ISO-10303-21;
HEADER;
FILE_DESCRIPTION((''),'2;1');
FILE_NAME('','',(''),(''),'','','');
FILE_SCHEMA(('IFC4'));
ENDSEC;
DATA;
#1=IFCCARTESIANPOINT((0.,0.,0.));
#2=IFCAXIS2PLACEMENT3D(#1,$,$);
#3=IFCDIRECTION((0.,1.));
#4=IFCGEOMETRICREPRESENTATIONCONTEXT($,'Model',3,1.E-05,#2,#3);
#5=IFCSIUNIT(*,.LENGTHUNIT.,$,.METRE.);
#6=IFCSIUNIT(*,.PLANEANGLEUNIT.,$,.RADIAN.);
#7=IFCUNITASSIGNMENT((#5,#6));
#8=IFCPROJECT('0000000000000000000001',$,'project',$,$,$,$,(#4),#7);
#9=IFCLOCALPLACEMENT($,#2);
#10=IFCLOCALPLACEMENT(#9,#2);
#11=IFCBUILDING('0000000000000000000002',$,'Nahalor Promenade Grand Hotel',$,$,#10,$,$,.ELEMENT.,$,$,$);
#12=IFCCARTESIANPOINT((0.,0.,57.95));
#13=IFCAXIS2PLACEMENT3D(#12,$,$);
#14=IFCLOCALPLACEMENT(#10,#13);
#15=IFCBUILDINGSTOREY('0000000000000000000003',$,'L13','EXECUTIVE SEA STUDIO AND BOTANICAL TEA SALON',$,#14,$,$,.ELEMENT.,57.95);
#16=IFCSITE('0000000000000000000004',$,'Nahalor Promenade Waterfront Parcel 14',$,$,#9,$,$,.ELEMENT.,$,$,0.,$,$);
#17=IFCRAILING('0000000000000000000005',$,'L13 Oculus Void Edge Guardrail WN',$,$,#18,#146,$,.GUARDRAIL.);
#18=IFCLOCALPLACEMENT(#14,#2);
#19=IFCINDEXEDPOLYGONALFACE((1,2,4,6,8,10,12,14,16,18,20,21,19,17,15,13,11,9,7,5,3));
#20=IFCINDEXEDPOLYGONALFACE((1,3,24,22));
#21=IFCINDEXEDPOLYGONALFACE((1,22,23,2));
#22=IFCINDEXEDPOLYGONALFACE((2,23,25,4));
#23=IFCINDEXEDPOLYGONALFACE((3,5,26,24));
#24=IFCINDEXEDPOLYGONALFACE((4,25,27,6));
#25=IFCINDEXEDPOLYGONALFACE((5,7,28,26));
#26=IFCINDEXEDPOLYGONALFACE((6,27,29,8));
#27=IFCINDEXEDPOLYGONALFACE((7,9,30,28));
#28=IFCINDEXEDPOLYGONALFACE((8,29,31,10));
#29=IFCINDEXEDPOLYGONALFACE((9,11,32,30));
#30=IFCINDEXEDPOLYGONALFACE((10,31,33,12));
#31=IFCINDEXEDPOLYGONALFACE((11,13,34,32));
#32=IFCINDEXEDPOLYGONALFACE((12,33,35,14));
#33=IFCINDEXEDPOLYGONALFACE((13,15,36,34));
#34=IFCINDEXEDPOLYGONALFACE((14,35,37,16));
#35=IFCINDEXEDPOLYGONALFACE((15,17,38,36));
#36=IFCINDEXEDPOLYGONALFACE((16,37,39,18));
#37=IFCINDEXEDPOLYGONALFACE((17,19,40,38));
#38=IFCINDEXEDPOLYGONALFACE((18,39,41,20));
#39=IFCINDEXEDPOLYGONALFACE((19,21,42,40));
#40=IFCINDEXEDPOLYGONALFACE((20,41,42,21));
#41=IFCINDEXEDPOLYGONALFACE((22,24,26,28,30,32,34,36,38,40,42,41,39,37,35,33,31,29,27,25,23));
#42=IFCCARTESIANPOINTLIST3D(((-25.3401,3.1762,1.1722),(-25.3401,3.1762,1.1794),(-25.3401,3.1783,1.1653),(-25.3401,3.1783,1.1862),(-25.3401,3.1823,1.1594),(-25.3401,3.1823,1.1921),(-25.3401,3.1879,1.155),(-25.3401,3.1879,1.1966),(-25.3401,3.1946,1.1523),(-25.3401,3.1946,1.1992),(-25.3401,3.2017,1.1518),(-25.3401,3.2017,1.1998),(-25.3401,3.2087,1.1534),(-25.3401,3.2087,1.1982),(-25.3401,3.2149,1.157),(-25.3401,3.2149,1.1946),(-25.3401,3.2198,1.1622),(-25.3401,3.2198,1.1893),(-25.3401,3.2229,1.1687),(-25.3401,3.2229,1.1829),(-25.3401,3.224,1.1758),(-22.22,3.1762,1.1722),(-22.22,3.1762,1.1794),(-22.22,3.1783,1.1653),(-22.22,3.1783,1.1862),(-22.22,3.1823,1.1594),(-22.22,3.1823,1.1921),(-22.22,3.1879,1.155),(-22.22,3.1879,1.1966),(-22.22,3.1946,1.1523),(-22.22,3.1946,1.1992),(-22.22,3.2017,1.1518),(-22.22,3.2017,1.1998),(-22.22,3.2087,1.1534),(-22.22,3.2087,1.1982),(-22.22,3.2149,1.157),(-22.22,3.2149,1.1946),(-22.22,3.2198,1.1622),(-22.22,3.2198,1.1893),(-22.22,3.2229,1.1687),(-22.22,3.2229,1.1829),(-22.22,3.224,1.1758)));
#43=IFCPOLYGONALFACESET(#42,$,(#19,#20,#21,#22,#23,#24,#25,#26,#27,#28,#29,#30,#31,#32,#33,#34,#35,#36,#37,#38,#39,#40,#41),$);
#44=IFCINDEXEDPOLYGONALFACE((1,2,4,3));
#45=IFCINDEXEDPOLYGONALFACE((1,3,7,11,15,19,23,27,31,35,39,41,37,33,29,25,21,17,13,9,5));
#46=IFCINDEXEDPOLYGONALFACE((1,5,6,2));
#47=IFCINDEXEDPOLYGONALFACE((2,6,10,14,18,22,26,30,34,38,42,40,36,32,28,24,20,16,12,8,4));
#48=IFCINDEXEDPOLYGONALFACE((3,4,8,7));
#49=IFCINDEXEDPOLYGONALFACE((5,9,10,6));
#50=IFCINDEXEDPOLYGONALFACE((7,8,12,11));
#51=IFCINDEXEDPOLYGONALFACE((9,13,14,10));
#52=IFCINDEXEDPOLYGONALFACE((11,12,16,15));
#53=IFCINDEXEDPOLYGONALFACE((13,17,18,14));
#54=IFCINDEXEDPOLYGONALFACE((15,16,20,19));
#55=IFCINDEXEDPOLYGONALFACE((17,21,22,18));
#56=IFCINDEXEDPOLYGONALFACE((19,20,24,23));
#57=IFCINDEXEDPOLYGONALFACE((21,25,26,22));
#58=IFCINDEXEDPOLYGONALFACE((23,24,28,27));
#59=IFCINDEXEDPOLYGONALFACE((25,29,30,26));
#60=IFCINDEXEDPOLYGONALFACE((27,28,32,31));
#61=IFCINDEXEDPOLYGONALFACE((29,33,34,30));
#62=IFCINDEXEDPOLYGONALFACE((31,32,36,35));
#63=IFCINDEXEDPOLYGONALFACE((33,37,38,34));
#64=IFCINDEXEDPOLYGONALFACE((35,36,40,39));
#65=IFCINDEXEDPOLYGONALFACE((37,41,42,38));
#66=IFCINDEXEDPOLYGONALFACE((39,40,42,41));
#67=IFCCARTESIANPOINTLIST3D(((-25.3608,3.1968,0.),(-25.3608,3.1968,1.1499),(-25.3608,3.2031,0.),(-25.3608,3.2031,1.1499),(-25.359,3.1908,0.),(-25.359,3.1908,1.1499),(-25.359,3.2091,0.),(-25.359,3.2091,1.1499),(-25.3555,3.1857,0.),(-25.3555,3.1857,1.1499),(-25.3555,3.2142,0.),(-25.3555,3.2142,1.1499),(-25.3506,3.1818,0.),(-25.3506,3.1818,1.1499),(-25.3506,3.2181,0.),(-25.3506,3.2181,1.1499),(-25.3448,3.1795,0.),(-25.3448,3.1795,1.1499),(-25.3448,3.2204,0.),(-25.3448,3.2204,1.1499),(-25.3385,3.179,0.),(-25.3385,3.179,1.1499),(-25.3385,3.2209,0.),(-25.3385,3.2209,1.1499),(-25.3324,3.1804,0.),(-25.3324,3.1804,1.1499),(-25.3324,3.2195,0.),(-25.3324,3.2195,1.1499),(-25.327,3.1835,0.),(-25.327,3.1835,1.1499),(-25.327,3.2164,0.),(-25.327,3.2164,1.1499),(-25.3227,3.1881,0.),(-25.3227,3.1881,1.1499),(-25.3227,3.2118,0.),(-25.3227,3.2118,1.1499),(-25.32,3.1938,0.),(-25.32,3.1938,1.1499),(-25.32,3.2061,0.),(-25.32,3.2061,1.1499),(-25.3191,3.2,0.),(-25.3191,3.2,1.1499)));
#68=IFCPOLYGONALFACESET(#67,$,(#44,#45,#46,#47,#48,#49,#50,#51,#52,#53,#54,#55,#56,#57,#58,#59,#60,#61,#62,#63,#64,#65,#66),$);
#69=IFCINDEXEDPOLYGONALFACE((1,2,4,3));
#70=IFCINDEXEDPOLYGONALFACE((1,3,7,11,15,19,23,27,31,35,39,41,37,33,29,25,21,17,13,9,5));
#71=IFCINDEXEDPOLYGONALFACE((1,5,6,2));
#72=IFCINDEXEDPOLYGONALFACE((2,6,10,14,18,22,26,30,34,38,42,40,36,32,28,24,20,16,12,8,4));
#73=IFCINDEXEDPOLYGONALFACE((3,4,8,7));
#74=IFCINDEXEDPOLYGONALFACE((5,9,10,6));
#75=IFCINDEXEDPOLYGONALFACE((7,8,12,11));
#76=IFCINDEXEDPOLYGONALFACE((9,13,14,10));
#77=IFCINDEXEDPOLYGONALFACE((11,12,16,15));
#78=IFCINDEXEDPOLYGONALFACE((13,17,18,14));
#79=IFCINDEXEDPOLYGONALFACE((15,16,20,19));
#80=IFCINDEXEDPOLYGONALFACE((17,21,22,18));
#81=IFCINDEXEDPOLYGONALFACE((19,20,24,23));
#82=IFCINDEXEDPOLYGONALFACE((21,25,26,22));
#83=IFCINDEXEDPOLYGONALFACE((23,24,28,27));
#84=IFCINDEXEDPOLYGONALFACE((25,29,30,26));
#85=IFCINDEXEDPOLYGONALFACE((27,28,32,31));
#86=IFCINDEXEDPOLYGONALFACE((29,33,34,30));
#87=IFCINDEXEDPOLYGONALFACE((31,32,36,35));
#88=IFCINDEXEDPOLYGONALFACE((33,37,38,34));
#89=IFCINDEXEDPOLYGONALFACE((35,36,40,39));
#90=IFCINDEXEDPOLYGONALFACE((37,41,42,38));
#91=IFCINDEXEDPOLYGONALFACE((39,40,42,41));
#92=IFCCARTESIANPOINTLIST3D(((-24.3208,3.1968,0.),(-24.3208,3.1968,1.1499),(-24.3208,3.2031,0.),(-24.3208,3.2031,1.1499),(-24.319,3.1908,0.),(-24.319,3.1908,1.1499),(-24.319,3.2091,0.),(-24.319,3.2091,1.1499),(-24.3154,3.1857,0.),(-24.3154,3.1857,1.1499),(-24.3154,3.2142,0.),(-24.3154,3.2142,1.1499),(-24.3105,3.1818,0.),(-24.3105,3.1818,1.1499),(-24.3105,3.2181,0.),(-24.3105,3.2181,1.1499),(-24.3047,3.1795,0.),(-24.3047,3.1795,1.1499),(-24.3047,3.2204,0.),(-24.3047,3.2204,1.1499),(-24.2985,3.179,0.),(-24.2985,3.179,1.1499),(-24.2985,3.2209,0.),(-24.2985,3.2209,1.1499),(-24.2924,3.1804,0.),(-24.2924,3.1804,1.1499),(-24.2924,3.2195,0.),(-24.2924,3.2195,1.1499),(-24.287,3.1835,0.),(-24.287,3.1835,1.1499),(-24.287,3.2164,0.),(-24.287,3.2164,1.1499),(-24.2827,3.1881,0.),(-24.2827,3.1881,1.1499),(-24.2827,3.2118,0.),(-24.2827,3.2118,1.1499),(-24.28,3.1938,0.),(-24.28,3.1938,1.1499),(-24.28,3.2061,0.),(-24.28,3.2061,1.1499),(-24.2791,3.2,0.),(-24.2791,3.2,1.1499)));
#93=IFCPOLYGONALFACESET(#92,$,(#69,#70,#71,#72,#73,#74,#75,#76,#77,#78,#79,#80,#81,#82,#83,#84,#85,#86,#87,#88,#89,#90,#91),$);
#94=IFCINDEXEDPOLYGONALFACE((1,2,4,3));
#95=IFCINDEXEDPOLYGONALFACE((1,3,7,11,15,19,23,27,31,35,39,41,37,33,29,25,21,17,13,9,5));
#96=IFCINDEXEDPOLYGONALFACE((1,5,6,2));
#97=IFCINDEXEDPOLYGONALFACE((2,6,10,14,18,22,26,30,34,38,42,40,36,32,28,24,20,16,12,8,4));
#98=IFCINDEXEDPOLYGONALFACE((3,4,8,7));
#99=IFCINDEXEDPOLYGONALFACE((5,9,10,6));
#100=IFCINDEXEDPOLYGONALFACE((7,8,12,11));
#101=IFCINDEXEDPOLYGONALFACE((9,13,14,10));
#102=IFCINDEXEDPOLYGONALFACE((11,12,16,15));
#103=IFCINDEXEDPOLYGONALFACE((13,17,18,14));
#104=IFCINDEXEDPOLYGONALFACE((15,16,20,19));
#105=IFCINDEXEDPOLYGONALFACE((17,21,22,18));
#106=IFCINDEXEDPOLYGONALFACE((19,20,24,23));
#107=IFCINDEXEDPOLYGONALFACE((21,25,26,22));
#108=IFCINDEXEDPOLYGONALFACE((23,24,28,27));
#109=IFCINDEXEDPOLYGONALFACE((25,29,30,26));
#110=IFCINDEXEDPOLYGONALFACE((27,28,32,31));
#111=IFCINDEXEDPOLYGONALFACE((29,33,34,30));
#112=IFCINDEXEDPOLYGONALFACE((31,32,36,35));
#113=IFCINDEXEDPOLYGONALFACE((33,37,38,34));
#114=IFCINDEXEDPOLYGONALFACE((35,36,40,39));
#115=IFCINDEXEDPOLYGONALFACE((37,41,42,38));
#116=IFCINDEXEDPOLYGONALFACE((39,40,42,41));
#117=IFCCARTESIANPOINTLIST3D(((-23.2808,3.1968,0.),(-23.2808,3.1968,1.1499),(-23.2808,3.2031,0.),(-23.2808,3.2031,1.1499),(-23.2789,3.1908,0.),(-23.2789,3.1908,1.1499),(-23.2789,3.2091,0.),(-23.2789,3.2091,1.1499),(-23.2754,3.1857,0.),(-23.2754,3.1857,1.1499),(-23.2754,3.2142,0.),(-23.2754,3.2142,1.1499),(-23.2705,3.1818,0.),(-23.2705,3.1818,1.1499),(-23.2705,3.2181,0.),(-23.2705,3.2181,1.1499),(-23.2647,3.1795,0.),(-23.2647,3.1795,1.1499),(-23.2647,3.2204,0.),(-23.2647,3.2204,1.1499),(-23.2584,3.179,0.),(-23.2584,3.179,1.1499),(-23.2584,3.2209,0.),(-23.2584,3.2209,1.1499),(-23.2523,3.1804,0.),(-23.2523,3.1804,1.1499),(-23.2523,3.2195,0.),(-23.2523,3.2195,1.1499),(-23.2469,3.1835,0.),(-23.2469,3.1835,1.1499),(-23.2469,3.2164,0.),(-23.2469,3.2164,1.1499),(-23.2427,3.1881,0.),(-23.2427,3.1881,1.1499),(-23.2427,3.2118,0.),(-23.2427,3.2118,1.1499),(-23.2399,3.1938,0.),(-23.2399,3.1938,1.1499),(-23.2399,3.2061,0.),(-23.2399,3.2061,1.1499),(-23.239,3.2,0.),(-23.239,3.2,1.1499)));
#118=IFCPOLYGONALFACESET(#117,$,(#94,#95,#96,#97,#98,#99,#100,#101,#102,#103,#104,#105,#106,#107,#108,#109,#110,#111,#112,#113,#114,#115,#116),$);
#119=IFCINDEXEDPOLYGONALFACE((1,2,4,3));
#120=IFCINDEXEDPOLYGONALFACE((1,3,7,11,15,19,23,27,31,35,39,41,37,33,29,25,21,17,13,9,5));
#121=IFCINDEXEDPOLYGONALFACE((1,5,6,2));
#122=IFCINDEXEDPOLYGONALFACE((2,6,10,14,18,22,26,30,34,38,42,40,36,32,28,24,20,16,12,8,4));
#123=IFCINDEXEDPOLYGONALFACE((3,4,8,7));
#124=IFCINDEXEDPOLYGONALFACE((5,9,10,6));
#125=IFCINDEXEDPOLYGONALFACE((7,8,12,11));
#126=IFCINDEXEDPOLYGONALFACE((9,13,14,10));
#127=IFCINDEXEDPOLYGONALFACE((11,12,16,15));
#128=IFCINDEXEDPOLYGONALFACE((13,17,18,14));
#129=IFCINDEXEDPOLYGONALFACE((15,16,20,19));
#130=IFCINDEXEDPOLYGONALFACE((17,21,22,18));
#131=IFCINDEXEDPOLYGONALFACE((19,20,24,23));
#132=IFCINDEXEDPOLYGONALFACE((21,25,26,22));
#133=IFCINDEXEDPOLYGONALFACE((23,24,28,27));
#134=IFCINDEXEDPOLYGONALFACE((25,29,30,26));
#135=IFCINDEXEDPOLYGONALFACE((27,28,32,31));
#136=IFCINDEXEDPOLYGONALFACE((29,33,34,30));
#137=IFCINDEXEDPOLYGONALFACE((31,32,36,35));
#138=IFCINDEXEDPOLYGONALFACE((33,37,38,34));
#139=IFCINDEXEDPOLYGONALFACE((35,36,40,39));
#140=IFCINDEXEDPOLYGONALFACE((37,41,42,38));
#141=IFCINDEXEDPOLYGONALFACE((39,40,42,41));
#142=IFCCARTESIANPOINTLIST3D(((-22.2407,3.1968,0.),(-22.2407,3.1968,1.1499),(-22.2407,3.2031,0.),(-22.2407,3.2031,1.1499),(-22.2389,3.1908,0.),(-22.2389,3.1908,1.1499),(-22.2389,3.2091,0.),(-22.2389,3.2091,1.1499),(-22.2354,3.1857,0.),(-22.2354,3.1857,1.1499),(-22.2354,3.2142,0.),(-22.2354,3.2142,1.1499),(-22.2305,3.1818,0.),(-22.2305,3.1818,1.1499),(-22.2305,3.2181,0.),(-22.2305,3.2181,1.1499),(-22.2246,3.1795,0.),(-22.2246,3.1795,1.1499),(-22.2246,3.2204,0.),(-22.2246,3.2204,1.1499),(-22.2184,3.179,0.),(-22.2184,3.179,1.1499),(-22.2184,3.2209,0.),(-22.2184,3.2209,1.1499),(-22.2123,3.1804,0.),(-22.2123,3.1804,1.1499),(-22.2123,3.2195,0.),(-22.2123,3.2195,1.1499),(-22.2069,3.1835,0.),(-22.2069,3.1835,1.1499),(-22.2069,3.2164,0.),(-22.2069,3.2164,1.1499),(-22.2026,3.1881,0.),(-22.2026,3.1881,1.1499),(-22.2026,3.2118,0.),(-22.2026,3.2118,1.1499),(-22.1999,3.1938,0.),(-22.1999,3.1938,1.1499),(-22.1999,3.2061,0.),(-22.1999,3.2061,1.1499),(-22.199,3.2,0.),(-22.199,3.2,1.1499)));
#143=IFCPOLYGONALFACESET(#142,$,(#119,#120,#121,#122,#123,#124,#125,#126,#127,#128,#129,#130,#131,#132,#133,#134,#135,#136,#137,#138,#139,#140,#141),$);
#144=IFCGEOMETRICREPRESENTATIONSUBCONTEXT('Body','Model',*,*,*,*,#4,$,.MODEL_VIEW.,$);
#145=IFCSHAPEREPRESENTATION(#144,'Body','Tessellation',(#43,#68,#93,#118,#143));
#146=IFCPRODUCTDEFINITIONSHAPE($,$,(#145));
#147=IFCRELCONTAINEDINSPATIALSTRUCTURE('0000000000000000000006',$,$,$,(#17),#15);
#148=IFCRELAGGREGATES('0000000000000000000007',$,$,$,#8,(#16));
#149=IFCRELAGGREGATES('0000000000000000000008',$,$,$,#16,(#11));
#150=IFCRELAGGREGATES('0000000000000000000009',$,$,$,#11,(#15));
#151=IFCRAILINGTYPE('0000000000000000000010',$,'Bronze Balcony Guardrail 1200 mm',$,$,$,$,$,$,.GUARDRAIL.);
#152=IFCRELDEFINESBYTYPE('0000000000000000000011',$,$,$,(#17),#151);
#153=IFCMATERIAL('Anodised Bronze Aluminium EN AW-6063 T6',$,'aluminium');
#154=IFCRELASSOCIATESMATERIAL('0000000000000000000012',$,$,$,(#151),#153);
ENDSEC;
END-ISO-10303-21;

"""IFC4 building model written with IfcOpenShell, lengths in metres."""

from ifc_helpers import new_model, si_unit, direction, frame, origin, origin_2d, place, context, subcontext, project, spatial, circle, extrude, material, type_object, element, save


model = new_model("IFC4")

# Units and contexts
model_context = context("Model", 3, precision=1e-05, world=origin(), true_north=direction((0.0, 1.0)))
body_context = subcontext(model_context, "Body", "Model", "MODEL_VIEW")
ifc_project = project(units=[si_unit("LENGTHUNIT", "METRE"), si_unit("PLANEANGLEUNIT", "RADIAN")], contexts=[model_context])

# Site, building, storey
site_placement = place(None, origin())
site = spatial("IfcSite", under=ifc_project, at=site_placement, Name="Nahalor Promenade Waterfront Parcel 14", CompositionType="ELEMENT", RefElevation=0.0)
building_placement = place(site_placement, origin())
building = spatial("IfcBuilding", under=site, at=building_placement, Name="Nahalor Promenade Grand Hotel", CompositionType="ELEMENT")
storey_placement = place(building_placement, frame((0.0, 0.0, 57.95)))
storey = spatial("IfcBuildingStorey", under=building, at=storey_placement, Name="L13", Description="EXECUTIVE SEA STUDIO AND BOTANICAL TEA SALON", CompositionType="ELEMENT", Elevation=57.95)

# Shared definitions
ifc_material_1 = material(Name="Anodised Bronze Aluminium EN AW-6063 T6", Category="aluminium")

# Railing
railing_type = type_object("IfcRailingType", Name="Bronze Balcony Guardrail 1200 mm", PredefinedType="GUARDRAIL", material=ifc_material_1)
railing_placement = place(storey_placement, frame((-25.3401, 3.2, 0.0)))
element("IfcRailing", 1, at=railing_placement, inside=storey, type_object=railing_type, Name="L13 Oculus Void Edge Guardrail WN", PredefinedType="GUARDRAIL", context=body_context, shape_type="SweptSolid", body=[
    extrude(circle(Radius=0.024, at=origin_2d()), frame((0.0, 0.0, 1.1758), z_axis=(1.0, 0.0, 0.0), x_axis=(0.0, 1.0, 0.0)), (0.0, 0.0, 1.0), 3.1201),
    extrude(circle(Radius=0.021, at=origin_2d()), origin(), (0.0, 0.0, 1.0), 1.1499),
    extrude(circle(Radius=0.021, at=origin_2d()), frame((1.04, 0.0, 0.0)), (0.0, 0.0, 1.0), 1.1499),
    extrude(circle(Radius=0.021, at=origin_2d()), frame((2.0801, 0.0, 0.0)), (0.0, 0.0, 1.0), 1.1499),
    extrude(circle(Radius=0.021, at=origin_2d()), frame((3.1201, 0.0, 0.0)), (0.0, 0.0, 1.0), 1.1499),
])

save(model, "model.ifc")
